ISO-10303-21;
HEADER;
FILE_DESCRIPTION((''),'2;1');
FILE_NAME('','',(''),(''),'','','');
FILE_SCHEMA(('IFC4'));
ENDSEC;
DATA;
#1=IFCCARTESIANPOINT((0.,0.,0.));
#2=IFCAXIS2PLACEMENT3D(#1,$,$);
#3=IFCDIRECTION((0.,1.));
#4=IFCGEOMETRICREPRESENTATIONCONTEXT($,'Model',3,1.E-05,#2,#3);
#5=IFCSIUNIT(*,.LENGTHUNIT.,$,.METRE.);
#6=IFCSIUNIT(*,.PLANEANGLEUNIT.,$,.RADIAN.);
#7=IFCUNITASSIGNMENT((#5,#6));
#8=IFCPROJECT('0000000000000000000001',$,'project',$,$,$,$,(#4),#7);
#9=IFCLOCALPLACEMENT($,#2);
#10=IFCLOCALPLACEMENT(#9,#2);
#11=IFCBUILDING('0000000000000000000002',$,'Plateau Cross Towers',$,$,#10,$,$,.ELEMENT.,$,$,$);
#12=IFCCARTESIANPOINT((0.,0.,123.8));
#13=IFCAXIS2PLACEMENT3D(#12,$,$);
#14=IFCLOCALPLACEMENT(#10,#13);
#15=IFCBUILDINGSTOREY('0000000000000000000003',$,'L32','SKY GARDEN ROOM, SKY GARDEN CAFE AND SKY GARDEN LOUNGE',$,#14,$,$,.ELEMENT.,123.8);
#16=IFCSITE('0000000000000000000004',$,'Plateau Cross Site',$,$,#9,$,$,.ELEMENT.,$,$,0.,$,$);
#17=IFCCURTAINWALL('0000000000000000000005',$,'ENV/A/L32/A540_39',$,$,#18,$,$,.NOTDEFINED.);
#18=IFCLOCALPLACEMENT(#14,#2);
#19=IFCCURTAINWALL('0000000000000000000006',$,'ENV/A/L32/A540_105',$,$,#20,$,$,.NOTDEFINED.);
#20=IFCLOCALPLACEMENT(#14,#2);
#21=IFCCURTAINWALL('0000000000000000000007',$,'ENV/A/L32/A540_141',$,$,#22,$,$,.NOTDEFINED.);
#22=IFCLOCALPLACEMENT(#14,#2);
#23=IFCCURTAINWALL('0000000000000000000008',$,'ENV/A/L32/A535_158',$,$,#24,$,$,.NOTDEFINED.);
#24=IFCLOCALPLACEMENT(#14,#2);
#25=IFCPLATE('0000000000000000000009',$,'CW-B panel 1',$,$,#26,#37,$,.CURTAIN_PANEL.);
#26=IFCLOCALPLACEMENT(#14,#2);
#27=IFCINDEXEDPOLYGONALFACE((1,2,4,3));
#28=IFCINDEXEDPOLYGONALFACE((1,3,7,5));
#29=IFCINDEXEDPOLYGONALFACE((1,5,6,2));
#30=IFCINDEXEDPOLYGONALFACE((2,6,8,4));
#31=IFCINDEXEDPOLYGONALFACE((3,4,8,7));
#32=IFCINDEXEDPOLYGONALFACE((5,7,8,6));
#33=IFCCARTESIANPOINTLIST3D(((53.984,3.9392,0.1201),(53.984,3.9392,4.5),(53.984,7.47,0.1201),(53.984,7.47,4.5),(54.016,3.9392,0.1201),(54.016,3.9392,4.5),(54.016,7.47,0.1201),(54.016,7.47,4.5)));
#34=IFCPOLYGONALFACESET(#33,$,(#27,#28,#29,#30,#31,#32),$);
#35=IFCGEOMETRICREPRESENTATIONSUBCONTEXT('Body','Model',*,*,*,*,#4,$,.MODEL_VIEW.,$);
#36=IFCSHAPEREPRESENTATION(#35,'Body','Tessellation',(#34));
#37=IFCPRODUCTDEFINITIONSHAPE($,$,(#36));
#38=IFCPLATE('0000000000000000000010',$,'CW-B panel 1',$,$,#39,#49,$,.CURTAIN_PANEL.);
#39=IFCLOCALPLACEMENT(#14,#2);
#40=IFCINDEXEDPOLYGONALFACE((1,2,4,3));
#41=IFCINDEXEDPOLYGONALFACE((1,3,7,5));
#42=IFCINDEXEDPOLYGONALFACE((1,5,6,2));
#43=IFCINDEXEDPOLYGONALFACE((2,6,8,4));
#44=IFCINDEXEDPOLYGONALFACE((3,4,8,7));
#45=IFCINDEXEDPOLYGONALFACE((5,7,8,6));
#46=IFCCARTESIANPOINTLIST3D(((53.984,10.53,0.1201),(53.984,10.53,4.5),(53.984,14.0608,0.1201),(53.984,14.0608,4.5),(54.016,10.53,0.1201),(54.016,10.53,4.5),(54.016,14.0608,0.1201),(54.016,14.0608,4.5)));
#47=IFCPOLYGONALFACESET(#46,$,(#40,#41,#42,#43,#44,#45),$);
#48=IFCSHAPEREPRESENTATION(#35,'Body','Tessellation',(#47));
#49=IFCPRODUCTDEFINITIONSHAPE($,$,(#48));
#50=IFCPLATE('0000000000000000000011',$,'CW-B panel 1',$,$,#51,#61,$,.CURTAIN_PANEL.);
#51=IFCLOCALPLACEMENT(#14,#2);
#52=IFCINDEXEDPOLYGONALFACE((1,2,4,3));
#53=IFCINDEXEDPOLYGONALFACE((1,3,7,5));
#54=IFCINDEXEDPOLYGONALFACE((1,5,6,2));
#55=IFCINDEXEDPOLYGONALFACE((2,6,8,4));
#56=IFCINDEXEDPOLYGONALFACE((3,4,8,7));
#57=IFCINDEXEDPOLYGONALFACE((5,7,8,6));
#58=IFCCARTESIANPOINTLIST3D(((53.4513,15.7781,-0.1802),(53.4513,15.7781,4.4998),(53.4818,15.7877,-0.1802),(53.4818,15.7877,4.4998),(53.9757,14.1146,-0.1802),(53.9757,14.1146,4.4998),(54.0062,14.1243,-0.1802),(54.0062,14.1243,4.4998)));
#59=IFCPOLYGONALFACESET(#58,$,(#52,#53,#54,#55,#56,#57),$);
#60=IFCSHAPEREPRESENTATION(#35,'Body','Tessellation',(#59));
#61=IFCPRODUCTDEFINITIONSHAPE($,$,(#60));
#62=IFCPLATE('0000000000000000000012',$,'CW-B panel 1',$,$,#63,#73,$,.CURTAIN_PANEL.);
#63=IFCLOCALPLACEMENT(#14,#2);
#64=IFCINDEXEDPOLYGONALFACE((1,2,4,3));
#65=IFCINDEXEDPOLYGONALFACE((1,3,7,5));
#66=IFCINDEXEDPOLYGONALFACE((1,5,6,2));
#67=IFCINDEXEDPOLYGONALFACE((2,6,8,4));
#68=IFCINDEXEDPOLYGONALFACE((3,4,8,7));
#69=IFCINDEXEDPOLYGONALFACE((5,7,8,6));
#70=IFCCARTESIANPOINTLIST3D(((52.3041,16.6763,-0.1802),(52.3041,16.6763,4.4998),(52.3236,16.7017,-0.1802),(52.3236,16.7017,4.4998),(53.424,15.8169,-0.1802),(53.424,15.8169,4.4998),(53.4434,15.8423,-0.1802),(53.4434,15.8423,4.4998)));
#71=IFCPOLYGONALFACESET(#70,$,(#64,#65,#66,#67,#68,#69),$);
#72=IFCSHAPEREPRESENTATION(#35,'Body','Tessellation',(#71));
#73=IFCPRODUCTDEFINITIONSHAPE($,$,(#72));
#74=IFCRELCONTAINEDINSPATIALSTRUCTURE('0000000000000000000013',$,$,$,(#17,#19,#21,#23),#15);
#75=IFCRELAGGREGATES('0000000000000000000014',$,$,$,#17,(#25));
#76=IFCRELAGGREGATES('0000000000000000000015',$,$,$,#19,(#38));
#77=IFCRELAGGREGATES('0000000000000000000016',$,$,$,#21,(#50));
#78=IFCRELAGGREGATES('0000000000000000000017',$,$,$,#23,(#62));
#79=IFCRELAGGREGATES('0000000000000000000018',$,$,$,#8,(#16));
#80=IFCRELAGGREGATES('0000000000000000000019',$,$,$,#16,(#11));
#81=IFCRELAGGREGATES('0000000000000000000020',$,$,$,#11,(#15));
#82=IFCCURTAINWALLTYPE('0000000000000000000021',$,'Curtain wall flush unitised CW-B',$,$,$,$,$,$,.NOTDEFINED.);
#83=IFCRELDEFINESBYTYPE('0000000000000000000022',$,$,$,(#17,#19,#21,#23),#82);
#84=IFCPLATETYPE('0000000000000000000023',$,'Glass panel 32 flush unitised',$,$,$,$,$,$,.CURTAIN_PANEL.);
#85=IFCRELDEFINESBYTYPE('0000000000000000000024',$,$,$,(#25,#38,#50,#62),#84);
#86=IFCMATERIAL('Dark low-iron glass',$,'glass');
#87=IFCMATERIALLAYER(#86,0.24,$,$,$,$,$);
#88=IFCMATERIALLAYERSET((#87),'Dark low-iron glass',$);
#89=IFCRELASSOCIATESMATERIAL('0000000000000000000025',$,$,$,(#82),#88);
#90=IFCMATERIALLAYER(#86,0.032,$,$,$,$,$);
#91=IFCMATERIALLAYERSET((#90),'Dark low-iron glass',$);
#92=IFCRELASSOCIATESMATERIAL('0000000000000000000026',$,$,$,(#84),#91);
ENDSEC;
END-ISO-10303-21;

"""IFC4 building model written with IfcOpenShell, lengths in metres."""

from ifc_helpers import new_model, si_unit, direction, frame, origin, origin_2d, place, context, subcontext, project, spatial, rectangle, extrude, material, layer, layer_set, type_object, element, aggregate, save


model = new_model("IFC4")

# Units and contexts
model_context = context("Model", 3, precision=1e-05, world=origin(), true_north=direction((0.0, 1.0)))
body_context = subcontext(model_context, "Body", "Model", "MODEL_VIEW")
ifc_project = project(units=[si_unit("LENGTHUNIT", "METRE"), si_unit("PLANEANGLEUNIT", "RADIAN")], contexts=[model_context])

# Site, building, storey
site_placement = place(None, origin())
site = spatial("IfcSite", under=ifc_project, at=site_placement, Name="Plateau Cross Site", CompositionType="ELEMENT", RefElevation=0.0)
building_placement = place(site_placement, origin())
building = spatial("IfcBuilding", under=site, at=building_placement, Name="Plateau Cross Towers", CompositionType="ELEMENT")
storey_placement = place(building_placement, frame((0.0, 0.0, 123.8)))
storey = spatial("IfcBuildingStorey", under=building, at=storey_placement, Name="L32", Description="SKY GARDEN ROOM, SKY GARDEN CAFE AND SKY GARDEN LOUNGE", CompositionType="ELEMENT", Elevation=123.8)

# Shared definitions
ifc_material_1 = material(Name="Dark low-iron glass", Category="glass")
ifc_layer_1 = layer(ifc_material_1, 0.24)
ifc_layer_set_1 = layer_set([ifc_layer_1], Name="Dark low-iron glass")
curtain_wall_type_1 = type_object("IfcCurtainWallType", Name="Curtain wall flush unitised CW-B", PredefinedType="NOTDEFINED", material=ifc_layer_set_1)

# Curtain wall
curtain_wall_1_placement = place(storey_placement, origin())
curtain_wall_1 = element("IfcCurtainWall", 1, at=curtain_wall_1_placement, inside=storey, type_object=curtain_wall_type_1, Name="ENV/A/L32/A540_39", PredefinedType="NOTDEFINED")

# Curtain walls
curtain_wall_2_placement = place(storey_placement, origin())
curtain_wall_2 = element("IfcCurtainWall", 2, at=curtain_wall_2_placement, inside=storey, type_object=curtain_wall_type_1, Name="ENV/A/L32/A540_105", PredefinedType="NOTDEFINED")
curtain_wall_3_placement = place(storey_placement, origin())
curtain_wall_3 = element("IfcCurtainWall", 3, at=curtain_wall_3_placement, inside=storey, type_object=curtain_wall_type_1, Name="ENV/A/L32/A540_141", PredefinedType="NOTDEFINED")
curtain_wall_4_placement = place(storey_placement, origin())
curtain_wall_4 = element("IfcCurtainWall", 4, at=curtain_wall_4_placement, inside=storey, type_object=curtain_wall_type_1, Name="ENV/A/L32/A535_158", PredefinedType="NOTDEFINED")

# Plates
ifc_layer_2 = layer(ifc_material_1, 0.032)
ifc_layer_set_2 = layer_set([ifc_layer_2], Name="Dark low-iron glass")
plate_type = type_object("IfcPlateType", Name="Glass panel 32 flush unitised", PredefinedType="CURTAIN_PANEL", material=ifc_layer_set_2)
plate_1_placement = place(storey_placement, frame((54.0, 5.7046, 0.1201), z_axis=(0.0, 0.0, 1.0), x_axis=(0.0, 1.0, 0.0)))
plate_1 = element("IfcPlate", 5, at=plate_1_placement, type_object=plate_type, Name="CW-B panel 1", PredefinedType="CURTAIN_PANEL", context=body_context, shape_type="SweptSolid", body=[
    extrude(rectangle(XDim=3.5308, YDim=0.032, at=origin_2d()), origin(), (0.0, 0.0, 1.0), 4.3799),
])
aggregate(curtain_wall_1, [plate_1])
plate_2_placement = place(storey_placement, frame((54.0, 12.2954, 0.1201), z_axis=(0.0, 0.0, 1.0), x_axis=(0.0, 1.0, 0.0)))
plate_2 = element("IfcPlate", 6, at=plate_2_placement, type_object=plate_type, Name="CW-B panel 1", PredefinedType="CURTAIN_PANEL", context=body_context, shape_type="SweptSolid", body=[
    extrude(rectangle(XDim=3.5308, YDim=0.032, at=origin_2d()), origin(), (0.0, 0.0, 1.0), 4.3799),
])
aggregate(curtain_wall_2, [plate_2])
plate_3_placement = place(storey_placement, frame((53.7288, 14.9512, -0.1802), z_axis=(0.0, 0.0, 1.0), x_axis=(-0.300686, 0.953723, 0.0)))
plate_3 = element("IfcPlate", 7, at=plate_3_placement, type_object=plate_type, Name="CW-B panel 1", PredefinedType="CURTAIN_PANEL", context=body_context, shape_type="SweptSolid", body=[
    extrude(rectangle(XDim=1.7441, YDim=0.032, at=origin_2d()), origin(), (0.0, 0.0, 1.0), 4.6799),
])
aggregate(curtain_wall_3, [plate_3])
plate_4_placement = place(storey_placement, frame((52.8738, 16.2593, -0.1802), z_axis=(0.0, 0.0, 1.0), x_axis=(-0.793316, 0.608811, 0.0)))
plate_4 = element("IfcPlate", 8, at=plate_4_placement, type_object=plate_type, Name="CW-B panel 1", PredefinedType="CURTAIN_PANEL", context=body_context, shape_type="SweptSolid", body=[
    extrude(rectangle(XDim=1.4116, YDim=0.032, at=origin_2d()), origin(), (0.0, 0.0, 1.0), 4.6799),
])
aggregate(curtain_wall_4, [plate_4])

save(model, "model.ifc")
